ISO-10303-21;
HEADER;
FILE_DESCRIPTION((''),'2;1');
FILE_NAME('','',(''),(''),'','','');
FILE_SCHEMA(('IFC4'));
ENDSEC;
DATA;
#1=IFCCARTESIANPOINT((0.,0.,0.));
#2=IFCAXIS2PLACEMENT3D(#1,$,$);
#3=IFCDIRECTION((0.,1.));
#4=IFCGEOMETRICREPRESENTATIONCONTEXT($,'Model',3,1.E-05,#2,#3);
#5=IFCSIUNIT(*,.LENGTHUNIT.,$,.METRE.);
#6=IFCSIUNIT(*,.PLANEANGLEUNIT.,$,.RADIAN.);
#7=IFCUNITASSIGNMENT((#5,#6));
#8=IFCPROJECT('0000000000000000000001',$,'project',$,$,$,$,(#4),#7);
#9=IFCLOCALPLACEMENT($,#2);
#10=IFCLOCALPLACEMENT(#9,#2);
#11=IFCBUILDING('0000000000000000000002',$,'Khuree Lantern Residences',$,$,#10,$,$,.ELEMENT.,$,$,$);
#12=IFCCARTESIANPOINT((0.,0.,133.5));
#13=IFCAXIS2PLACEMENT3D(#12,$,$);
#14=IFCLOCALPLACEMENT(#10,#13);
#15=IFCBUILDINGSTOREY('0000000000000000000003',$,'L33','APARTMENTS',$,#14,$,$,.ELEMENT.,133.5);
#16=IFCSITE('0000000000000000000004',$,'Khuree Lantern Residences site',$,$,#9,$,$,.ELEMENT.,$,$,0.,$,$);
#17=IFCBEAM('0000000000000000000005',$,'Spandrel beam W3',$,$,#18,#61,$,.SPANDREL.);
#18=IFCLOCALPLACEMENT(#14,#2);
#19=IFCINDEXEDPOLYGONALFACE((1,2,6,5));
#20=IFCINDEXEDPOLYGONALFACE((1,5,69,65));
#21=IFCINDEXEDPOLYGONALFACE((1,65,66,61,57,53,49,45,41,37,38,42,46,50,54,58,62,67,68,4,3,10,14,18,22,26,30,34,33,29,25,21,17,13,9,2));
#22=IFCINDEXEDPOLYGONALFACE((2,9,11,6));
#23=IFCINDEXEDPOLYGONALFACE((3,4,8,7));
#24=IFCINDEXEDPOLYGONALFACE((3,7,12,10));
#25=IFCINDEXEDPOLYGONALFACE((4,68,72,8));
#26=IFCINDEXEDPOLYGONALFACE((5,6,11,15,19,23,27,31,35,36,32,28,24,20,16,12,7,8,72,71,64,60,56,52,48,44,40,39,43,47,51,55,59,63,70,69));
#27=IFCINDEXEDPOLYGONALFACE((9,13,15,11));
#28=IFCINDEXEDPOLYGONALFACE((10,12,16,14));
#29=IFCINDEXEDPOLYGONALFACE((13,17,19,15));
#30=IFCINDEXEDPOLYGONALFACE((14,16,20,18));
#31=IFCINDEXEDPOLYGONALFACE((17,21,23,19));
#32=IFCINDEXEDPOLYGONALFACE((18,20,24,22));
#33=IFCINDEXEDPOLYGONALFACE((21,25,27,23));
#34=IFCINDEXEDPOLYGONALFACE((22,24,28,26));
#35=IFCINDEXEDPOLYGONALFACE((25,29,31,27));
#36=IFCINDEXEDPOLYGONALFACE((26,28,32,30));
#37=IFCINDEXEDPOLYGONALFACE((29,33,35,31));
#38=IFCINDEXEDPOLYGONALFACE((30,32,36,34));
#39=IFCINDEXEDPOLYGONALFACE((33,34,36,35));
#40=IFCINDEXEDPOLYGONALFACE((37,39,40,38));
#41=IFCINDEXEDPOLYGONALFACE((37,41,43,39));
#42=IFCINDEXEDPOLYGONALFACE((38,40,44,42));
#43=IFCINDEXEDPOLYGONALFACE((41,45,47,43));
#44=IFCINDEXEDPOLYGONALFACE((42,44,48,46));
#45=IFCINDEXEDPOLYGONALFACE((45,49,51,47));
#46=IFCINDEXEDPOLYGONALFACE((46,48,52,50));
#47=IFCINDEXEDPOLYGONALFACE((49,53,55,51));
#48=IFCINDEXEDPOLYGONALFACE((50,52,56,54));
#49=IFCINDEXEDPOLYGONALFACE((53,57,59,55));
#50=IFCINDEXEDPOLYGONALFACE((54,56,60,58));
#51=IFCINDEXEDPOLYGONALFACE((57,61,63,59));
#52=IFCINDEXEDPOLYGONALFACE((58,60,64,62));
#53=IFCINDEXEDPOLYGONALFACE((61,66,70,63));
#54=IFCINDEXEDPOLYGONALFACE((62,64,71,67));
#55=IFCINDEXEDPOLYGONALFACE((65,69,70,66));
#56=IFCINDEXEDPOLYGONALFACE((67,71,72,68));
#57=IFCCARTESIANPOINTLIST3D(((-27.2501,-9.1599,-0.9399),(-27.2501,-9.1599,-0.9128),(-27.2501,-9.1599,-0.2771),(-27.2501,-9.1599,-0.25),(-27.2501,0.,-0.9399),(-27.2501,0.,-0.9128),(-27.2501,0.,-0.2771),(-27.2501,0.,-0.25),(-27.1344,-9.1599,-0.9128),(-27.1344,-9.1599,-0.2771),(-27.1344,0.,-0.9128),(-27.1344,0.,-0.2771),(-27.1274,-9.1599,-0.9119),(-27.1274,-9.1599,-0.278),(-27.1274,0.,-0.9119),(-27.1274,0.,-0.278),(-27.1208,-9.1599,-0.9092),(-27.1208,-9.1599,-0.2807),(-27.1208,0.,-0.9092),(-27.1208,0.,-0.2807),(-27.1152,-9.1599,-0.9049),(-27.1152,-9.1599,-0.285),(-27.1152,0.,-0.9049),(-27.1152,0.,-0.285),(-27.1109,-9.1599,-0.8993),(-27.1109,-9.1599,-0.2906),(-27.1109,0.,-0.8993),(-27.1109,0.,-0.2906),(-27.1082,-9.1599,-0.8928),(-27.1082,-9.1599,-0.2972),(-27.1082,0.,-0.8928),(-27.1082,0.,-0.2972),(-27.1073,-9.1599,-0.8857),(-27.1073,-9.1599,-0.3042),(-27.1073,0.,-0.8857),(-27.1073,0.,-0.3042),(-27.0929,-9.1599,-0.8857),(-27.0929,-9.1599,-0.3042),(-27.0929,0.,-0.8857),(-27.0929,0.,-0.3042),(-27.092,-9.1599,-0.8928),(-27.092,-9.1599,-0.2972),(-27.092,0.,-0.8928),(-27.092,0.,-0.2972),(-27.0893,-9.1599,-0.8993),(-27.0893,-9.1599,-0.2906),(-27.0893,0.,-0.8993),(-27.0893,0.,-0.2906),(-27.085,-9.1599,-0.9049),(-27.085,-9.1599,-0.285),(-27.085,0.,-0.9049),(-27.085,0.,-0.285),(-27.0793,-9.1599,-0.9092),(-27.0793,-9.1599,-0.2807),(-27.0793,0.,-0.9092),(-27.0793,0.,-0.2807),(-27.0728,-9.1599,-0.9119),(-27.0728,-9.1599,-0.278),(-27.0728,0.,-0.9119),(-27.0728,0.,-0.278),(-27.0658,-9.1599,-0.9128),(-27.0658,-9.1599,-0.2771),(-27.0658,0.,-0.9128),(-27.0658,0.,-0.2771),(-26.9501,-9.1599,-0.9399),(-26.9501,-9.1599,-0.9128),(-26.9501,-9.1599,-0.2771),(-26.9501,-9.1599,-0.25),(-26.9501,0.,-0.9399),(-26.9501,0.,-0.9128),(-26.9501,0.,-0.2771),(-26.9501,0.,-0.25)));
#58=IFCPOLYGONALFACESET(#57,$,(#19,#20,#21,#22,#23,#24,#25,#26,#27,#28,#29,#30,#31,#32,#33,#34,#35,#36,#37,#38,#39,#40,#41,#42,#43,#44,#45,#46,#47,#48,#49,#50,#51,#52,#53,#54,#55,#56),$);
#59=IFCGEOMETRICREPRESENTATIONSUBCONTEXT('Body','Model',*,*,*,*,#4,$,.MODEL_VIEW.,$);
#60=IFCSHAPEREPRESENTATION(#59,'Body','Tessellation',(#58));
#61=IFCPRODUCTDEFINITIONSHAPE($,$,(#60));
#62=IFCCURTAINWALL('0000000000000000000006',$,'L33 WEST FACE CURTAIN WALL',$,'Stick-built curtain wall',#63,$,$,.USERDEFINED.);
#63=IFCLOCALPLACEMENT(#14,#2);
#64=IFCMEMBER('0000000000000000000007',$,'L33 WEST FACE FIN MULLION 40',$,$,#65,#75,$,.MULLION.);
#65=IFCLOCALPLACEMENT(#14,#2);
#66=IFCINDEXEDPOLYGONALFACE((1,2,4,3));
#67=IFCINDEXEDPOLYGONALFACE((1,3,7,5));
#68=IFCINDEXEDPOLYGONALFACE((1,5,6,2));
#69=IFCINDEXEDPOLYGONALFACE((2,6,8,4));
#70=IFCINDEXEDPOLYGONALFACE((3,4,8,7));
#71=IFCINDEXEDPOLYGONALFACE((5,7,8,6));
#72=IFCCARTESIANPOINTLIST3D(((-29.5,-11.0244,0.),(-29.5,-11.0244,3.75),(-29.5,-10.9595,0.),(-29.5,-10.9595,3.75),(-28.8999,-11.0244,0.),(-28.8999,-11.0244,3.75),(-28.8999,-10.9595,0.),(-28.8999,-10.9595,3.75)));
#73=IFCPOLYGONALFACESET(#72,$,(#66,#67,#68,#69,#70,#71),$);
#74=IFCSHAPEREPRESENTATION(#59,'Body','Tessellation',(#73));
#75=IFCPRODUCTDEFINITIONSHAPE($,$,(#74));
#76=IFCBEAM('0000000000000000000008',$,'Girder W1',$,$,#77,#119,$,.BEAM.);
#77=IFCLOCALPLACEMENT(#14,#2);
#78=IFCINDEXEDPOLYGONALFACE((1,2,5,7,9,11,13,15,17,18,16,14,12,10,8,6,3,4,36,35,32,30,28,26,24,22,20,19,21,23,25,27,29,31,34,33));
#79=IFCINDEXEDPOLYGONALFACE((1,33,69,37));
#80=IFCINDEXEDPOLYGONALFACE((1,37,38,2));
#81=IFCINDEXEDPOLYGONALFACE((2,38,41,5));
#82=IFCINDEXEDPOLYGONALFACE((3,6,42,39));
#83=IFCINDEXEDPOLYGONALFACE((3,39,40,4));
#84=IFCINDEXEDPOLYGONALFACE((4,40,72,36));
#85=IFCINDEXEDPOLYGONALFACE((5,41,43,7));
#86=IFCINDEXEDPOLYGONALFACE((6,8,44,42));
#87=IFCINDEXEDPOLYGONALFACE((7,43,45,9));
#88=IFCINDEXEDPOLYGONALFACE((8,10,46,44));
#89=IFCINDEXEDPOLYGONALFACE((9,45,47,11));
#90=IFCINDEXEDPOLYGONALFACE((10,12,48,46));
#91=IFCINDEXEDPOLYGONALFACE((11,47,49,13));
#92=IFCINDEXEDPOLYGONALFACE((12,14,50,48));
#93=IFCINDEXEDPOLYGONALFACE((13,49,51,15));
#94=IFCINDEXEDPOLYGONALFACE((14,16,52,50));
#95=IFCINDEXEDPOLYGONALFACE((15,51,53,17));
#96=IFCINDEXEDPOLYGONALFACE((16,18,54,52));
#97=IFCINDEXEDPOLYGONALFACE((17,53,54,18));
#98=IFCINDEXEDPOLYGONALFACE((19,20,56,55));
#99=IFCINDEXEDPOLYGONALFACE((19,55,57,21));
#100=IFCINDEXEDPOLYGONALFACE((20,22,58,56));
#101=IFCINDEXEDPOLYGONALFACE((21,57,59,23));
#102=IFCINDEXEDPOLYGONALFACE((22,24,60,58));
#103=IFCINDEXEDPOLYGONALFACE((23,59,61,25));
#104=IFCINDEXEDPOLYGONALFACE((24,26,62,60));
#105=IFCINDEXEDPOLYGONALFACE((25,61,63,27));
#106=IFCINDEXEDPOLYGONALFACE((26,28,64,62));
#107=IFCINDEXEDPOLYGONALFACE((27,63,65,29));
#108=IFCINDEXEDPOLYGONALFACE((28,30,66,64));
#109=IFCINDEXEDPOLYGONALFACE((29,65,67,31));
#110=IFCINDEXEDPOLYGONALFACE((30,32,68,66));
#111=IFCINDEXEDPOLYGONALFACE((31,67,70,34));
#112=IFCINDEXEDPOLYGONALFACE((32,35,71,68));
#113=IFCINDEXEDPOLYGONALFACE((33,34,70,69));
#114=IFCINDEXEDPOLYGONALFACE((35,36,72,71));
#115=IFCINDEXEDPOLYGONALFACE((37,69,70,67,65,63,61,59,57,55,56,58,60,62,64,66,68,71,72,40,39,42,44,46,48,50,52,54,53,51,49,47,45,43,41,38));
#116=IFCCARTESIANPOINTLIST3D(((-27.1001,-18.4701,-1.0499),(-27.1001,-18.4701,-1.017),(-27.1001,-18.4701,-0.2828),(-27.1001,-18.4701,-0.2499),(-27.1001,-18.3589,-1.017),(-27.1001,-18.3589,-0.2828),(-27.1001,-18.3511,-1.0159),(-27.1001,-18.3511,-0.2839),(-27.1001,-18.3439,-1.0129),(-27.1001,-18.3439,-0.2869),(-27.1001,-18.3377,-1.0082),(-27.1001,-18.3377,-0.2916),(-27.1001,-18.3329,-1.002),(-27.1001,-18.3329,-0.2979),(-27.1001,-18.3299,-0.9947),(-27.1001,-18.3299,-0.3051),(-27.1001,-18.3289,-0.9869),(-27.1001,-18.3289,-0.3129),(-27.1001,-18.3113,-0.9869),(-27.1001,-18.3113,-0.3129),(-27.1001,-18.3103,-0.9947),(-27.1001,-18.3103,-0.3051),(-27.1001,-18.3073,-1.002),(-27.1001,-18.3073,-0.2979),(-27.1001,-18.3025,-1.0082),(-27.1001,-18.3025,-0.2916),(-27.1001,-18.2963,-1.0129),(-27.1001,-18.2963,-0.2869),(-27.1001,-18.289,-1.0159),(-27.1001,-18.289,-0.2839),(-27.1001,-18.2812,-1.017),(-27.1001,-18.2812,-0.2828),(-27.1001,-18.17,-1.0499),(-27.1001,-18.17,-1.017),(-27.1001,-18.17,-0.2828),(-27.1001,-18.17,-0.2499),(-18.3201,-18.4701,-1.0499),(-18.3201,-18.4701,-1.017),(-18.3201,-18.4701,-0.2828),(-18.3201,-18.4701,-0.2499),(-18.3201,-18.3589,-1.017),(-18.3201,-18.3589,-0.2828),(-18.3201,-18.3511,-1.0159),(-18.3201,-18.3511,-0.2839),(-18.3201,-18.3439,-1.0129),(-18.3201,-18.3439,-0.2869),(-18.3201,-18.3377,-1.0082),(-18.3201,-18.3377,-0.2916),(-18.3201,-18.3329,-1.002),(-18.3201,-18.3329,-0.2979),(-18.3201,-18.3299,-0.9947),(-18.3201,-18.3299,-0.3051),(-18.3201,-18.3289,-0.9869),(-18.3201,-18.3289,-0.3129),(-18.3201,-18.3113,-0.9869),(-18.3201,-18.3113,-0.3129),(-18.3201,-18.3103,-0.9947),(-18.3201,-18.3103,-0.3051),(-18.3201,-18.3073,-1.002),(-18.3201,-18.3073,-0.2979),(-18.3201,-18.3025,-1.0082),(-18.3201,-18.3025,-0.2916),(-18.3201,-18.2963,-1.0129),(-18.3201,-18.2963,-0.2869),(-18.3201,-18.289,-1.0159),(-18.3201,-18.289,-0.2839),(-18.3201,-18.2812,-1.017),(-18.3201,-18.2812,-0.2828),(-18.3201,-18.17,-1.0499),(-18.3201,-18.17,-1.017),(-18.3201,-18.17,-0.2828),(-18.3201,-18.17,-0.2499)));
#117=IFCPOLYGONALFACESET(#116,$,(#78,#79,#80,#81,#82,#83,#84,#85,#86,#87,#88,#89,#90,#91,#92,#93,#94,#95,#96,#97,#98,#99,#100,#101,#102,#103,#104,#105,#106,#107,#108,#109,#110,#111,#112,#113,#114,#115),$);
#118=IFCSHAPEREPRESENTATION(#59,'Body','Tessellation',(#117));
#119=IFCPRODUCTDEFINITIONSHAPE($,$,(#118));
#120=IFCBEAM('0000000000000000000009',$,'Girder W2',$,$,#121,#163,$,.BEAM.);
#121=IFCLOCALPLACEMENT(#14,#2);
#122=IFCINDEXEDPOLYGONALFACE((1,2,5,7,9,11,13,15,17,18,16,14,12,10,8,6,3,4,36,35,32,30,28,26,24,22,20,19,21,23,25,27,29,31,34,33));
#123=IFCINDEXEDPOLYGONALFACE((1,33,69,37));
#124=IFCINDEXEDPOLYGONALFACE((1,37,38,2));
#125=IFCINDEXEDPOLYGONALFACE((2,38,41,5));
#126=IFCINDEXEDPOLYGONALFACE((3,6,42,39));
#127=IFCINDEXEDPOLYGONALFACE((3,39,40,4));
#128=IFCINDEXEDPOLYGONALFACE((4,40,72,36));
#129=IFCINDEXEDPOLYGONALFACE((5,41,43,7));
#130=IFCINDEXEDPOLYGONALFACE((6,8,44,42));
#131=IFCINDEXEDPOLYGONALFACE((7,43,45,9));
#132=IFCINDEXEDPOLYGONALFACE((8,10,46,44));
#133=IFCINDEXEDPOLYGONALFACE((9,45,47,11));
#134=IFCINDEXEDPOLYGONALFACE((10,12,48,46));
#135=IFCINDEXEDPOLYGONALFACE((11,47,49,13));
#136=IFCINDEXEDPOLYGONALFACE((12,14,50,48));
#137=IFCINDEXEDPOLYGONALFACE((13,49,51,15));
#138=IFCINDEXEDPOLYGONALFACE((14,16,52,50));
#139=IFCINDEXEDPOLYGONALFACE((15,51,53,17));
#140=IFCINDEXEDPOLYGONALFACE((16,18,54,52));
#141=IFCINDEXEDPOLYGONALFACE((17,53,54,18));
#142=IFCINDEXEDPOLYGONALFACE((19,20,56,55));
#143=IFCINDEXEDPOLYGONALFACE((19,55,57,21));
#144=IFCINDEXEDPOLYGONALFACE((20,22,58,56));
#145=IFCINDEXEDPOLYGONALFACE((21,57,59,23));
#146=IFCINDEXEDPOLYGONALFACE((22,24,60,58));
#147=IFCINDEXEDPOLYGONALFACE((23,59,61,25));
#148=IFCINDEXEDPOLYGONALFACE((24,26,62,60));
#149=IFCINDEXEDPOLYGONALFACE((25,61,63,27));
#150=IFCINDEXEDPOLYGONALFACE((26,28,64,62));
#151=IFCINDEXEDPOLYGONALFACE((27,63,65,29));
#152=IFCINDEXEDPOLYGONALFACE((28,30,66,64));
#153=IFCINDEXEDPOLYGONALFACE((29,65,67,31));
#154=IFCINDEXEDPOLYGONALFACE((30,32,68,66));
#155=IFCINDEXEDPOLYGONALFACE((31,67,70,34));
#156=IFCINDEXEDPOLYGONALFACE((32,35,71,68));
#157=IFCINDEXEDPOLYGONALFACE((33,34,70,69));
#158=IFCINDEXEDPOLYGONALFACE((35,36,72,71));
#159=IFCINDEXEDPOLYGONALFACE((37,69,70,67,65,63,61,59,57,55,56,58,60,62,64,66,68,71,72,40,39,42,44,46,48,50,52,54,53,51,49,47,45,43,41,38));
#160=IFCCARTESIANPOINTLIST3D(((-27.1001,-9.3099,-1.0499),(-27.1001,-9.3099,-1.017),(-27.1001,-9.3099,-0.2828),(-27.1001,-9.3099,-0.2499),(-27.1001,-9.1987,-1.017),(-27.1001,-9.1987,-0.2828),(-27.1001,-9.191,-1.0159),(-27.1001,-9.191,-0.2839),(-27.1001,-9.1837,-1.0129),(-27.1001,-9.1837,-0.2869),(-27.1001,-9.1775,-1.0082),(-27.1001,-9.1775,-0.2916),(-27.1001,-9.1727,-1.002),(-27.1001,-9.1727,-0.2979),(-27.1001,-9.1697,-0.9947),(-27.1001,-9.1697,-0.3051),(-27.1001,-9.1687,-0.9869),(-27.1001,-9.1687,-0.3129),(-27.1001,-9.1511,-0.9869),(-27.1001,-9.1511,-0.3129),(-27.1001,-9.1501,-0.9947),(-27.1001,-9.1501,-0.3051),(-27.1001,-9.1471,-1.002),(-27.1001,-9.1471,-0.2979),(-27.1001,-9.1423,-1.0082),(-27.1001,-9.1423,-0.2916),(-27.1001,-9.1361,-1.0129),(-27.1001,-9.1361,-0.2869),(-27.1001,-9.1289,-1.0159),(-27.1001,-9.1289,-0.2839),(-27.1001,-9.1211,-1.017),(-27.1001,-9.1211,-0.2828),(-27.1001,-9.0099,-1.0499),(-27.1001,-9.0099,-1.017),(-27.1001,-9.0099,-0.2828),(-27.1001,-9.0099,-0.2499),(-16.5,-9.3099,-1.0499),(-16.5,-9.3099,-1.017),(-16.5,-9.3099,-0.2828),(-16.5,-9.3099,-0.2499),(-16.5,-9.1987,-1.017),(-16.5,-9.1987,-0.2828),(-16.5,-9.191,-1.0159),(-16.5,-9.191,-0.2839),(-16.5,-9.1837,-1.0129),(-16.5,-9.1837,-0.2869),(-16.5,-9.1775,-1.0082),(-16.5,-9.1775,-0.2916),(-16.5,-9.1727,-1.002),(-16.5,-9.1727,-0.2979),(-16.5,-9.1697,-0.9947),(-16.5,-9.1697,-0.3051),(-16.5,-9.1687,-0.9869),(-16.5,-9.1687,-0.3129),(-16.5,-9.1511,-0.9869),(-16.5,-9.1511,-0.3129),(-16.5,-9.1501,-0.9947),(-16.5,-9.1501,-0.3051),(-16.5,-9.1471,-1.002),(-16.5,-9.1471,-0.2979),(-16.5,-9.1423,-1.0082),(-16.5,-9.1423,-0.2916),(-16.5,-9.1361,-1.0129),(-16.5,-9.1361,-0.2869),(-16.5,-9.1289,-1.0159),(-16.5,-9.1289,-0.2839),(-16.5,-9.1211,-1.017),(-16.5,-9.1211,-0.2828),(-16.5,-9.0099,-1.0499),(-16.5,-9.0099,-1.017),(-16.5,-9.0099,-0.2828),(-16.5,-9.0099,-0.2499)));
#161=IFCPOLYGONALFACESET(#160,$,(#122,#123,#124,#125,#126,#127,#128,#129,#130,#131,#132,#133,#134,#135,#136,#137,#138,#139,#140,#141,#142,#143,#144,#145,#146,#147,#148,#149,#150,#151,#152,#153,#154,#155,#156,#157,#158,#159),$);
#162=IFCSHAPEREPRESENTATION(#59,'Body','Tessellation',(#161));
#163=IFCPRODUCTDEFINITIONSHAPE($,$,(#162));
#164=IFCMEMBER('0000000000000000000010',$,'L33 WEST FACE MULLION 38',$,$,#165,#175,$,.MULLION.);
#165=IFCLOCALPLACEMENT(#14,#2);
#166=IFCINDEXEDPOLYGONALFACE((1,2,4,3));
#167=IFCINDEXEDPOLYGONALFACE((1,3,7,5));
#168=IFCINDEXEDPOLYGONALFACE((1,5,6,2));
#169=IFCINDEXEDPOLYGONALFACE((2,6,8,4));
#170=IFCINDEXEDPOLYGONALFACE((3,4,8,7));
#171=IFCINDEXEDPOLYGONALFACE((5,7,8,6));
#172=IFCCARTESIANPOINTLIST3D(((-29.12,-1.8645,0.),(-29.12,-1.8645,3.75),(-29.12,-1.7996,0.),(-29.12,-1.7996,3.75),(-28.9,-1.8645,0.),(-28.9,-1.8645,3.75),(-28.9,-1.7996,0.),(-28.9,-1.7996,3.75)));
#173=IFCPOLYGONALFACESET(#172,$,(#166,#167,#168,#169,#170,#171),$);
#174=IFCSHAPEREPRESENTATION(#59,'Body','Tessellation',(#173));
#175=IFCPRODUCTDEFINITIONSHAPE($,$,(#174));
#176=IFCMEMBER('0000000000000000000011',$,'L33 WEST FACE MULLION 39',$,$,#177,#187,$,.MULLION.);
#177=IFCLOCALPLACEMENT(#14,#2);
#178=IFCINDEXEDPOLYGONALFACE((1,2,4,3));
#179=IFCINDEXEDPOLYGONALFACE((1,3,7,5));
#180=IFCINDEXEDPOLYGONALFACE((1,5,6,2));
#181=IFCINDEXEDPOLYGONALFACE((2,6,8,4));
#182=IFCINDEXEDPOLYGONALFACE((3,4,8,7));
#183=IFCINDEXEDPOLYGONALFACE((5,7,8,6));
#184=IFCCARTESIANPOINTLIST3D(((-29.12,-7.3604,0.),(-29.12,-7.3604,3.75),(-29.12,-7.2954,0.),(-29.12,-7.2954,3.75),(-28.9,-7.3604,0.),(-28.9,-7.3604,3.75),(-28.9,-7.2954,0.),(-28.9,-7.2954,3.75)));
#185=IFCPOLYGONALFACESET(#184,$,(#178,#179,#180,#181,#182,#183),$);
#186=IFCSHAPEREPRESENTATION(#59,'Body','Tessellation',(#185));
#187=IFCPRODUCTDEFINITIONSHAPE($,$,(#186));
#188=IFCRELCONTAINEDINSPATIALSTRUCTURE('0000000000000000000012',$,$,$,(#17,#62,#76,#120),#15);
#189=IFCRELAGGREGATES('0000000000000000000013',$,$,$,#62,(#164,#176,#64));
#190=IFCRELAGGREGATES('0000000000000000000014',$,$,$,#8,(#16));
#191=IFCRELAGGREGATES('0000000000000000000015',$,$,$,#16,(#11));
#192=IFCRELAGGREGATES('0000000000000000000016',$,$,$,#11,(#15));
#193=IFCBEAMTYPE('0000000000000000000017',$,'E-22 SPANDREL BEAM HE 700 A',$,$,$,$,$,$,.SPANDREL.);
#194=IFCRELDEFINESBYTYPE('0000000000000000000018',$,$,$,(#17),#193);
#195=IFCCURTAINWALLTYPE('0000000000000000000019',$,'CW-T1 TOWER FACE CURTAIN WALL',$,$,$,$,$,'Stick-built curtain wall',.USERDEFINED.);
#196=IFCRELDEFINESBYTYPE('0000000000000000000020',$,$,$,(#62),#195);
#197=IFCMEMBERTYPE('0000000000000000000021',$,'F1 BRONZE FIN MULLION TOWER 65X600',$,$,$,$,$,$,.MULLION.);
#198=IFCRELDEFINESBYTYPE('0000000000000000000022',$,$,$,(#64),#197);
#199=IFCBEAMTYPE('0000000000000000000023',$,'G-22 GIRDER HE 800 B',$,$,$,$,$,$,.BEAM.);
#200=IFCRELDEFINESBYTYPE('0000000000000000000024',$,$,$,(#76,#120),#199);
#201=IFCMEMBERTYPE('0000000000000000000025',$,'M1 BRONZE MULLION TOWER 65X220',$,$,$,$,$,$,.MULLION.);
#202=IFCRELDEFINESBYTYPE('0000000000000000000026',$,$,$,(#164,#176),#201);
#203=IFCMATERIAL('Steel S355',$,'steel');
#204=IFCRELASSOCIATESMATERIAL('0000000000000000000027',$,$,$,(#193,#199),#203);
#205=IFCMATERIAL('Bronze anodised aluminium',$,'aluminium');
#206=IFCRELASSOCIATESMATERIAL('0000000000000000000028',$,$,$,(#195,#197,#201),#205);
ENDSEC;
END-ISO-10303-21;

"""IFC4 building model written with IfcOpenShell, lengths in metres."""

from ifc_helpers import new_model, si_unit, direction, frame, origin, origin_2d, place, context, subcontext, project, spatial, rectangle, i_section, extrude, material, material_profile, profile_set, type_object, element, aggregate, save


model = new_model("IFC4")

# Units and contexts
model_context = context("Model", 3, precision=1e-05, world=origin(), true_north=direction((0.0, 1.0)))
body_context = subcontext(model_context, "Body", "Model", "MODEL_VIEW")
ifc_project = project(units=[si_unit("LENGTHUNIT", "METRE"), si_unit("PLANEANGLEUNIT", "RADIAN")], contexts=[model_context])

# Site, building, storey
site_placement = place(None, origin())
site = spatial("IfcSite", under=ifc_project, at=site_placement, Name="Khuree Lantern Residences site", CompositionType="ELEMENT", RefElevation=0.0)
building_placement = place(site_placement, origin())
building = spatial("IfcBuilding", under=site, at=building_placement, Name="Khuree Lantern Residences", CompositionType="ELEMENT")
storey_placement = place(building_placement, frame((0.0, 0.0, 133.5)))
storey = spatial("IfcBuildingStorey", under=building, at=storey_placement, Name="L33", Description="APARTMENTS", CompositionType="ELEMENT", Elevation=133.5)

# Beam
ifc_material_1 = material(Name="Steel S355", Category="steel")
ifc_material_profile_1 = material_profile(ifc_material_1, i_section(OverallWidth=0.3, OverallDepth=0.6899, WebThickness=0.0144, FlangeThickness=0.0271, FilletRadius=0.0271, at=origin_2d()), Name="HE 700 A")
ifc_profile_set_1 = profile_set([ifc_material_profile_1], Name="Steel S355")
beam_type_1 = type_object("IfcBeamType", Name="E-22 SPANDREL BEAM HE 700 A", PredefinedType="SPANDREL", material=ifc_profile_set_1)
beam_1_placement = place(storey_placement, frame((-27.1001, -9.1599, -0.595), z_axis=(0.0, 1.0, 0.0), x_axis=(-1.0, 0.0, 0.0)))
element("IfcBeam", 1, at=beam_1_placement, inside=storey, type_object=beam_type_1, Name="Spandrel beam W3", PredefinedType="SPANDREL", context=body_context, shape_type="SweptSolid", body=[
    extrude(i_section(OverallWidth=0.3, OverallDepth=0.6899, WebThickness=0.0144, FlangeThickness=0.0271, FilletRadius=0.0271, at=origin_2d()), origin(), (0.0, 0.0, 1.0), 9.1599),
])

# Curtain wall, member
ifc_material_2 = material(Name="Bronze anodised aluminium", Category="aluminium")
curtain_wall_type = type_object("IfcCurtainWallType", Name="CW-T1 TOWER FACE CURTAIN WALL", ElementType="Stick-built curtain wall", PredefinedType="USERDEFINED", material=ifc_material_2)
curtain_wall_placement = place(storey_placement, origin())
curtain_wall = element("IfcCurtainWall", 2, at=curtain_wall_placement, inside=storey, type_object=curtain_wall_type, Name="L33 WEST FACE CURTAIN WALL", ObjectType="Stick-built curtain wall", PredefinedType="USERDEFINED")
ifc_material_profile_2 = material_profile(ifc_material_2, rectangle(XDim=0.0649, YDim=0.6001, at=origin_2d()), Name="F1 65X600")
ifc_profile_set_2 = profile_set([ifc_material_profile_2], Name="Bronze anodised aluminium")
member_type_1 = type_object("IfcMemberType", Name="F1 BRONZE FIN MULLION TOWER 65X600", PredefinedType="MULLION", material=ifc_profile_set_2)
member_1_placement = place(storey_placement, frame((-29.2, -10.9919, 0.0), z_axis=(0.0, 0.0, 1.0), x_axis=(0.0, -1.0, 0.0)))
member_1 = element("IfcMember", 3, at=member_1_placement, type_object=member_type_1, Name="L33 WEST FACE FIN MULLION 40", PredefinedType="MULLION", context=body_context, shape_type="SweptSolid", body=[
    extrude(rectangle(XDim=0.0649, YDim=0.6001, at=origin_2d()), origin(), (0.0, 0.0, 1.0), 3.75),
])

# Beams
ifc_material_profile_3 = material_profile(ifc_material_1, i_section(OverallWidth=0.3, OverallDepth=0.8, WebThickness=0.0176, FlangeThickness=0.033, FilletRadius=0.03, at=origin_2d()), Name="HE 800 B")
ifc_profile_set_3 = profile_set([ifc_material_profile_3], Name="Steel S355")
beam_type_2 = type_object("IfcBeamType", Name="G-22 GIRDER HE 800 B", PredefinedType="BEAM", material=ifc_profile_set_3)
beam_2_placement = place(storey_placement, frame((-27.1001, -18.3201, -0.6499), z_axis=(1.0, 0.0, 0.0), x_axis=(0.0, 1.0, 0.0)))
element("IfcBeam", 4, at=beam_2_placement, inside=storey, type_object=beam_type_2, Name="Girder W1", PredefinedType="BEAM", context=body_context, shape_type="SweptSolid", body=[
    extrude(i_section(OverallWidth=0.3, OverallDepth=0.8, WebThickness=0.0176, FlangeThickness=0.033, FilletRadius=0.03, at=origin_2d()), origin(), (0.0, 0.0, 1.0), 8.78),
])
beam_3_placement = place(storey_placement, frame((-27.1001, -9.1599, -0.6499), z_axis=(1.0, 0.0, 0.0), x_axis=(0.0, 1.0, 0.0)))
element("IfcBeam", 5, at=beam_3_placement, inside=storey, type_object=beam_type_2, Name="Girder W2", PredefinedType="BEAM", context=body_context, shape_type="SweptSolid", body=[
    extrude(i_section(OverallWidth=0.3, OverallDepth=0.8, WebThickness=0.0176, FlangeThickness=0.033, FilletRadius=0.03, at=origin_2d()), origin(), (0.0, 0.0, 1.0), 10.6001),
])

# Members
ifc_material_profile_4 = material_profile(ifc_material_2, rectangle(XDim=0.0649, YDim=0.22, at=origin_2d()), Name="M1 65X220")
ifc_profile_set_4 = profile_set([ifc_material_profile_4], Name="Bronze anodised aluminium")
member_type_2 = type_object("IfcMemberType", Name="M1 BRONZE MULLION TOWER 65X220", PredefinedType="MULLION", material=ifc_profile_set_4)
member_2_placement = place(storey_placement, frame((-29.01, -1.832, 0.0), z_axis=(0.0, 0.0, 1.0), x_axis=(0.0, -1.0, 0.0)))
member_2 = element("IfcMember", 6, at=member_2_placement, type_object=member_type_2, Name="L33 WEST FACE MULLION 38", PredefinedType="MULLION", context=body_context, shape_type="SweptSolid", body=[
    extrude(rectangle(XDim=0.0649, YDim=0.22, at=origin_2d()), origin(), (0.0, 0.0, 1.0), 3.75),
])
member_3_placement = place(storey_placement, frame((-29.01, -7.3279, 0.0), z_axis=(0.0, 0.0, 1.0), x_axis=(0.0, -1.0, 0.0)))
member_3 = element("IfcMember", 7, at=member_3_placement, type_object=member_type_2, Name="L33 WEST FACE MULLION 39", PredefinedType="MULLION", context=body_context, shape_type="SweptSolid", body=[
    extrude(rectangle(XDim=0.0649, YDim=0.22, at=origin_2d()), origin(), (0.0, 0.0, 1.0), 3.75),
])

aggregate(curtain_wall, [member_2, member_3, member_1])

save(model, "model.ifc")
